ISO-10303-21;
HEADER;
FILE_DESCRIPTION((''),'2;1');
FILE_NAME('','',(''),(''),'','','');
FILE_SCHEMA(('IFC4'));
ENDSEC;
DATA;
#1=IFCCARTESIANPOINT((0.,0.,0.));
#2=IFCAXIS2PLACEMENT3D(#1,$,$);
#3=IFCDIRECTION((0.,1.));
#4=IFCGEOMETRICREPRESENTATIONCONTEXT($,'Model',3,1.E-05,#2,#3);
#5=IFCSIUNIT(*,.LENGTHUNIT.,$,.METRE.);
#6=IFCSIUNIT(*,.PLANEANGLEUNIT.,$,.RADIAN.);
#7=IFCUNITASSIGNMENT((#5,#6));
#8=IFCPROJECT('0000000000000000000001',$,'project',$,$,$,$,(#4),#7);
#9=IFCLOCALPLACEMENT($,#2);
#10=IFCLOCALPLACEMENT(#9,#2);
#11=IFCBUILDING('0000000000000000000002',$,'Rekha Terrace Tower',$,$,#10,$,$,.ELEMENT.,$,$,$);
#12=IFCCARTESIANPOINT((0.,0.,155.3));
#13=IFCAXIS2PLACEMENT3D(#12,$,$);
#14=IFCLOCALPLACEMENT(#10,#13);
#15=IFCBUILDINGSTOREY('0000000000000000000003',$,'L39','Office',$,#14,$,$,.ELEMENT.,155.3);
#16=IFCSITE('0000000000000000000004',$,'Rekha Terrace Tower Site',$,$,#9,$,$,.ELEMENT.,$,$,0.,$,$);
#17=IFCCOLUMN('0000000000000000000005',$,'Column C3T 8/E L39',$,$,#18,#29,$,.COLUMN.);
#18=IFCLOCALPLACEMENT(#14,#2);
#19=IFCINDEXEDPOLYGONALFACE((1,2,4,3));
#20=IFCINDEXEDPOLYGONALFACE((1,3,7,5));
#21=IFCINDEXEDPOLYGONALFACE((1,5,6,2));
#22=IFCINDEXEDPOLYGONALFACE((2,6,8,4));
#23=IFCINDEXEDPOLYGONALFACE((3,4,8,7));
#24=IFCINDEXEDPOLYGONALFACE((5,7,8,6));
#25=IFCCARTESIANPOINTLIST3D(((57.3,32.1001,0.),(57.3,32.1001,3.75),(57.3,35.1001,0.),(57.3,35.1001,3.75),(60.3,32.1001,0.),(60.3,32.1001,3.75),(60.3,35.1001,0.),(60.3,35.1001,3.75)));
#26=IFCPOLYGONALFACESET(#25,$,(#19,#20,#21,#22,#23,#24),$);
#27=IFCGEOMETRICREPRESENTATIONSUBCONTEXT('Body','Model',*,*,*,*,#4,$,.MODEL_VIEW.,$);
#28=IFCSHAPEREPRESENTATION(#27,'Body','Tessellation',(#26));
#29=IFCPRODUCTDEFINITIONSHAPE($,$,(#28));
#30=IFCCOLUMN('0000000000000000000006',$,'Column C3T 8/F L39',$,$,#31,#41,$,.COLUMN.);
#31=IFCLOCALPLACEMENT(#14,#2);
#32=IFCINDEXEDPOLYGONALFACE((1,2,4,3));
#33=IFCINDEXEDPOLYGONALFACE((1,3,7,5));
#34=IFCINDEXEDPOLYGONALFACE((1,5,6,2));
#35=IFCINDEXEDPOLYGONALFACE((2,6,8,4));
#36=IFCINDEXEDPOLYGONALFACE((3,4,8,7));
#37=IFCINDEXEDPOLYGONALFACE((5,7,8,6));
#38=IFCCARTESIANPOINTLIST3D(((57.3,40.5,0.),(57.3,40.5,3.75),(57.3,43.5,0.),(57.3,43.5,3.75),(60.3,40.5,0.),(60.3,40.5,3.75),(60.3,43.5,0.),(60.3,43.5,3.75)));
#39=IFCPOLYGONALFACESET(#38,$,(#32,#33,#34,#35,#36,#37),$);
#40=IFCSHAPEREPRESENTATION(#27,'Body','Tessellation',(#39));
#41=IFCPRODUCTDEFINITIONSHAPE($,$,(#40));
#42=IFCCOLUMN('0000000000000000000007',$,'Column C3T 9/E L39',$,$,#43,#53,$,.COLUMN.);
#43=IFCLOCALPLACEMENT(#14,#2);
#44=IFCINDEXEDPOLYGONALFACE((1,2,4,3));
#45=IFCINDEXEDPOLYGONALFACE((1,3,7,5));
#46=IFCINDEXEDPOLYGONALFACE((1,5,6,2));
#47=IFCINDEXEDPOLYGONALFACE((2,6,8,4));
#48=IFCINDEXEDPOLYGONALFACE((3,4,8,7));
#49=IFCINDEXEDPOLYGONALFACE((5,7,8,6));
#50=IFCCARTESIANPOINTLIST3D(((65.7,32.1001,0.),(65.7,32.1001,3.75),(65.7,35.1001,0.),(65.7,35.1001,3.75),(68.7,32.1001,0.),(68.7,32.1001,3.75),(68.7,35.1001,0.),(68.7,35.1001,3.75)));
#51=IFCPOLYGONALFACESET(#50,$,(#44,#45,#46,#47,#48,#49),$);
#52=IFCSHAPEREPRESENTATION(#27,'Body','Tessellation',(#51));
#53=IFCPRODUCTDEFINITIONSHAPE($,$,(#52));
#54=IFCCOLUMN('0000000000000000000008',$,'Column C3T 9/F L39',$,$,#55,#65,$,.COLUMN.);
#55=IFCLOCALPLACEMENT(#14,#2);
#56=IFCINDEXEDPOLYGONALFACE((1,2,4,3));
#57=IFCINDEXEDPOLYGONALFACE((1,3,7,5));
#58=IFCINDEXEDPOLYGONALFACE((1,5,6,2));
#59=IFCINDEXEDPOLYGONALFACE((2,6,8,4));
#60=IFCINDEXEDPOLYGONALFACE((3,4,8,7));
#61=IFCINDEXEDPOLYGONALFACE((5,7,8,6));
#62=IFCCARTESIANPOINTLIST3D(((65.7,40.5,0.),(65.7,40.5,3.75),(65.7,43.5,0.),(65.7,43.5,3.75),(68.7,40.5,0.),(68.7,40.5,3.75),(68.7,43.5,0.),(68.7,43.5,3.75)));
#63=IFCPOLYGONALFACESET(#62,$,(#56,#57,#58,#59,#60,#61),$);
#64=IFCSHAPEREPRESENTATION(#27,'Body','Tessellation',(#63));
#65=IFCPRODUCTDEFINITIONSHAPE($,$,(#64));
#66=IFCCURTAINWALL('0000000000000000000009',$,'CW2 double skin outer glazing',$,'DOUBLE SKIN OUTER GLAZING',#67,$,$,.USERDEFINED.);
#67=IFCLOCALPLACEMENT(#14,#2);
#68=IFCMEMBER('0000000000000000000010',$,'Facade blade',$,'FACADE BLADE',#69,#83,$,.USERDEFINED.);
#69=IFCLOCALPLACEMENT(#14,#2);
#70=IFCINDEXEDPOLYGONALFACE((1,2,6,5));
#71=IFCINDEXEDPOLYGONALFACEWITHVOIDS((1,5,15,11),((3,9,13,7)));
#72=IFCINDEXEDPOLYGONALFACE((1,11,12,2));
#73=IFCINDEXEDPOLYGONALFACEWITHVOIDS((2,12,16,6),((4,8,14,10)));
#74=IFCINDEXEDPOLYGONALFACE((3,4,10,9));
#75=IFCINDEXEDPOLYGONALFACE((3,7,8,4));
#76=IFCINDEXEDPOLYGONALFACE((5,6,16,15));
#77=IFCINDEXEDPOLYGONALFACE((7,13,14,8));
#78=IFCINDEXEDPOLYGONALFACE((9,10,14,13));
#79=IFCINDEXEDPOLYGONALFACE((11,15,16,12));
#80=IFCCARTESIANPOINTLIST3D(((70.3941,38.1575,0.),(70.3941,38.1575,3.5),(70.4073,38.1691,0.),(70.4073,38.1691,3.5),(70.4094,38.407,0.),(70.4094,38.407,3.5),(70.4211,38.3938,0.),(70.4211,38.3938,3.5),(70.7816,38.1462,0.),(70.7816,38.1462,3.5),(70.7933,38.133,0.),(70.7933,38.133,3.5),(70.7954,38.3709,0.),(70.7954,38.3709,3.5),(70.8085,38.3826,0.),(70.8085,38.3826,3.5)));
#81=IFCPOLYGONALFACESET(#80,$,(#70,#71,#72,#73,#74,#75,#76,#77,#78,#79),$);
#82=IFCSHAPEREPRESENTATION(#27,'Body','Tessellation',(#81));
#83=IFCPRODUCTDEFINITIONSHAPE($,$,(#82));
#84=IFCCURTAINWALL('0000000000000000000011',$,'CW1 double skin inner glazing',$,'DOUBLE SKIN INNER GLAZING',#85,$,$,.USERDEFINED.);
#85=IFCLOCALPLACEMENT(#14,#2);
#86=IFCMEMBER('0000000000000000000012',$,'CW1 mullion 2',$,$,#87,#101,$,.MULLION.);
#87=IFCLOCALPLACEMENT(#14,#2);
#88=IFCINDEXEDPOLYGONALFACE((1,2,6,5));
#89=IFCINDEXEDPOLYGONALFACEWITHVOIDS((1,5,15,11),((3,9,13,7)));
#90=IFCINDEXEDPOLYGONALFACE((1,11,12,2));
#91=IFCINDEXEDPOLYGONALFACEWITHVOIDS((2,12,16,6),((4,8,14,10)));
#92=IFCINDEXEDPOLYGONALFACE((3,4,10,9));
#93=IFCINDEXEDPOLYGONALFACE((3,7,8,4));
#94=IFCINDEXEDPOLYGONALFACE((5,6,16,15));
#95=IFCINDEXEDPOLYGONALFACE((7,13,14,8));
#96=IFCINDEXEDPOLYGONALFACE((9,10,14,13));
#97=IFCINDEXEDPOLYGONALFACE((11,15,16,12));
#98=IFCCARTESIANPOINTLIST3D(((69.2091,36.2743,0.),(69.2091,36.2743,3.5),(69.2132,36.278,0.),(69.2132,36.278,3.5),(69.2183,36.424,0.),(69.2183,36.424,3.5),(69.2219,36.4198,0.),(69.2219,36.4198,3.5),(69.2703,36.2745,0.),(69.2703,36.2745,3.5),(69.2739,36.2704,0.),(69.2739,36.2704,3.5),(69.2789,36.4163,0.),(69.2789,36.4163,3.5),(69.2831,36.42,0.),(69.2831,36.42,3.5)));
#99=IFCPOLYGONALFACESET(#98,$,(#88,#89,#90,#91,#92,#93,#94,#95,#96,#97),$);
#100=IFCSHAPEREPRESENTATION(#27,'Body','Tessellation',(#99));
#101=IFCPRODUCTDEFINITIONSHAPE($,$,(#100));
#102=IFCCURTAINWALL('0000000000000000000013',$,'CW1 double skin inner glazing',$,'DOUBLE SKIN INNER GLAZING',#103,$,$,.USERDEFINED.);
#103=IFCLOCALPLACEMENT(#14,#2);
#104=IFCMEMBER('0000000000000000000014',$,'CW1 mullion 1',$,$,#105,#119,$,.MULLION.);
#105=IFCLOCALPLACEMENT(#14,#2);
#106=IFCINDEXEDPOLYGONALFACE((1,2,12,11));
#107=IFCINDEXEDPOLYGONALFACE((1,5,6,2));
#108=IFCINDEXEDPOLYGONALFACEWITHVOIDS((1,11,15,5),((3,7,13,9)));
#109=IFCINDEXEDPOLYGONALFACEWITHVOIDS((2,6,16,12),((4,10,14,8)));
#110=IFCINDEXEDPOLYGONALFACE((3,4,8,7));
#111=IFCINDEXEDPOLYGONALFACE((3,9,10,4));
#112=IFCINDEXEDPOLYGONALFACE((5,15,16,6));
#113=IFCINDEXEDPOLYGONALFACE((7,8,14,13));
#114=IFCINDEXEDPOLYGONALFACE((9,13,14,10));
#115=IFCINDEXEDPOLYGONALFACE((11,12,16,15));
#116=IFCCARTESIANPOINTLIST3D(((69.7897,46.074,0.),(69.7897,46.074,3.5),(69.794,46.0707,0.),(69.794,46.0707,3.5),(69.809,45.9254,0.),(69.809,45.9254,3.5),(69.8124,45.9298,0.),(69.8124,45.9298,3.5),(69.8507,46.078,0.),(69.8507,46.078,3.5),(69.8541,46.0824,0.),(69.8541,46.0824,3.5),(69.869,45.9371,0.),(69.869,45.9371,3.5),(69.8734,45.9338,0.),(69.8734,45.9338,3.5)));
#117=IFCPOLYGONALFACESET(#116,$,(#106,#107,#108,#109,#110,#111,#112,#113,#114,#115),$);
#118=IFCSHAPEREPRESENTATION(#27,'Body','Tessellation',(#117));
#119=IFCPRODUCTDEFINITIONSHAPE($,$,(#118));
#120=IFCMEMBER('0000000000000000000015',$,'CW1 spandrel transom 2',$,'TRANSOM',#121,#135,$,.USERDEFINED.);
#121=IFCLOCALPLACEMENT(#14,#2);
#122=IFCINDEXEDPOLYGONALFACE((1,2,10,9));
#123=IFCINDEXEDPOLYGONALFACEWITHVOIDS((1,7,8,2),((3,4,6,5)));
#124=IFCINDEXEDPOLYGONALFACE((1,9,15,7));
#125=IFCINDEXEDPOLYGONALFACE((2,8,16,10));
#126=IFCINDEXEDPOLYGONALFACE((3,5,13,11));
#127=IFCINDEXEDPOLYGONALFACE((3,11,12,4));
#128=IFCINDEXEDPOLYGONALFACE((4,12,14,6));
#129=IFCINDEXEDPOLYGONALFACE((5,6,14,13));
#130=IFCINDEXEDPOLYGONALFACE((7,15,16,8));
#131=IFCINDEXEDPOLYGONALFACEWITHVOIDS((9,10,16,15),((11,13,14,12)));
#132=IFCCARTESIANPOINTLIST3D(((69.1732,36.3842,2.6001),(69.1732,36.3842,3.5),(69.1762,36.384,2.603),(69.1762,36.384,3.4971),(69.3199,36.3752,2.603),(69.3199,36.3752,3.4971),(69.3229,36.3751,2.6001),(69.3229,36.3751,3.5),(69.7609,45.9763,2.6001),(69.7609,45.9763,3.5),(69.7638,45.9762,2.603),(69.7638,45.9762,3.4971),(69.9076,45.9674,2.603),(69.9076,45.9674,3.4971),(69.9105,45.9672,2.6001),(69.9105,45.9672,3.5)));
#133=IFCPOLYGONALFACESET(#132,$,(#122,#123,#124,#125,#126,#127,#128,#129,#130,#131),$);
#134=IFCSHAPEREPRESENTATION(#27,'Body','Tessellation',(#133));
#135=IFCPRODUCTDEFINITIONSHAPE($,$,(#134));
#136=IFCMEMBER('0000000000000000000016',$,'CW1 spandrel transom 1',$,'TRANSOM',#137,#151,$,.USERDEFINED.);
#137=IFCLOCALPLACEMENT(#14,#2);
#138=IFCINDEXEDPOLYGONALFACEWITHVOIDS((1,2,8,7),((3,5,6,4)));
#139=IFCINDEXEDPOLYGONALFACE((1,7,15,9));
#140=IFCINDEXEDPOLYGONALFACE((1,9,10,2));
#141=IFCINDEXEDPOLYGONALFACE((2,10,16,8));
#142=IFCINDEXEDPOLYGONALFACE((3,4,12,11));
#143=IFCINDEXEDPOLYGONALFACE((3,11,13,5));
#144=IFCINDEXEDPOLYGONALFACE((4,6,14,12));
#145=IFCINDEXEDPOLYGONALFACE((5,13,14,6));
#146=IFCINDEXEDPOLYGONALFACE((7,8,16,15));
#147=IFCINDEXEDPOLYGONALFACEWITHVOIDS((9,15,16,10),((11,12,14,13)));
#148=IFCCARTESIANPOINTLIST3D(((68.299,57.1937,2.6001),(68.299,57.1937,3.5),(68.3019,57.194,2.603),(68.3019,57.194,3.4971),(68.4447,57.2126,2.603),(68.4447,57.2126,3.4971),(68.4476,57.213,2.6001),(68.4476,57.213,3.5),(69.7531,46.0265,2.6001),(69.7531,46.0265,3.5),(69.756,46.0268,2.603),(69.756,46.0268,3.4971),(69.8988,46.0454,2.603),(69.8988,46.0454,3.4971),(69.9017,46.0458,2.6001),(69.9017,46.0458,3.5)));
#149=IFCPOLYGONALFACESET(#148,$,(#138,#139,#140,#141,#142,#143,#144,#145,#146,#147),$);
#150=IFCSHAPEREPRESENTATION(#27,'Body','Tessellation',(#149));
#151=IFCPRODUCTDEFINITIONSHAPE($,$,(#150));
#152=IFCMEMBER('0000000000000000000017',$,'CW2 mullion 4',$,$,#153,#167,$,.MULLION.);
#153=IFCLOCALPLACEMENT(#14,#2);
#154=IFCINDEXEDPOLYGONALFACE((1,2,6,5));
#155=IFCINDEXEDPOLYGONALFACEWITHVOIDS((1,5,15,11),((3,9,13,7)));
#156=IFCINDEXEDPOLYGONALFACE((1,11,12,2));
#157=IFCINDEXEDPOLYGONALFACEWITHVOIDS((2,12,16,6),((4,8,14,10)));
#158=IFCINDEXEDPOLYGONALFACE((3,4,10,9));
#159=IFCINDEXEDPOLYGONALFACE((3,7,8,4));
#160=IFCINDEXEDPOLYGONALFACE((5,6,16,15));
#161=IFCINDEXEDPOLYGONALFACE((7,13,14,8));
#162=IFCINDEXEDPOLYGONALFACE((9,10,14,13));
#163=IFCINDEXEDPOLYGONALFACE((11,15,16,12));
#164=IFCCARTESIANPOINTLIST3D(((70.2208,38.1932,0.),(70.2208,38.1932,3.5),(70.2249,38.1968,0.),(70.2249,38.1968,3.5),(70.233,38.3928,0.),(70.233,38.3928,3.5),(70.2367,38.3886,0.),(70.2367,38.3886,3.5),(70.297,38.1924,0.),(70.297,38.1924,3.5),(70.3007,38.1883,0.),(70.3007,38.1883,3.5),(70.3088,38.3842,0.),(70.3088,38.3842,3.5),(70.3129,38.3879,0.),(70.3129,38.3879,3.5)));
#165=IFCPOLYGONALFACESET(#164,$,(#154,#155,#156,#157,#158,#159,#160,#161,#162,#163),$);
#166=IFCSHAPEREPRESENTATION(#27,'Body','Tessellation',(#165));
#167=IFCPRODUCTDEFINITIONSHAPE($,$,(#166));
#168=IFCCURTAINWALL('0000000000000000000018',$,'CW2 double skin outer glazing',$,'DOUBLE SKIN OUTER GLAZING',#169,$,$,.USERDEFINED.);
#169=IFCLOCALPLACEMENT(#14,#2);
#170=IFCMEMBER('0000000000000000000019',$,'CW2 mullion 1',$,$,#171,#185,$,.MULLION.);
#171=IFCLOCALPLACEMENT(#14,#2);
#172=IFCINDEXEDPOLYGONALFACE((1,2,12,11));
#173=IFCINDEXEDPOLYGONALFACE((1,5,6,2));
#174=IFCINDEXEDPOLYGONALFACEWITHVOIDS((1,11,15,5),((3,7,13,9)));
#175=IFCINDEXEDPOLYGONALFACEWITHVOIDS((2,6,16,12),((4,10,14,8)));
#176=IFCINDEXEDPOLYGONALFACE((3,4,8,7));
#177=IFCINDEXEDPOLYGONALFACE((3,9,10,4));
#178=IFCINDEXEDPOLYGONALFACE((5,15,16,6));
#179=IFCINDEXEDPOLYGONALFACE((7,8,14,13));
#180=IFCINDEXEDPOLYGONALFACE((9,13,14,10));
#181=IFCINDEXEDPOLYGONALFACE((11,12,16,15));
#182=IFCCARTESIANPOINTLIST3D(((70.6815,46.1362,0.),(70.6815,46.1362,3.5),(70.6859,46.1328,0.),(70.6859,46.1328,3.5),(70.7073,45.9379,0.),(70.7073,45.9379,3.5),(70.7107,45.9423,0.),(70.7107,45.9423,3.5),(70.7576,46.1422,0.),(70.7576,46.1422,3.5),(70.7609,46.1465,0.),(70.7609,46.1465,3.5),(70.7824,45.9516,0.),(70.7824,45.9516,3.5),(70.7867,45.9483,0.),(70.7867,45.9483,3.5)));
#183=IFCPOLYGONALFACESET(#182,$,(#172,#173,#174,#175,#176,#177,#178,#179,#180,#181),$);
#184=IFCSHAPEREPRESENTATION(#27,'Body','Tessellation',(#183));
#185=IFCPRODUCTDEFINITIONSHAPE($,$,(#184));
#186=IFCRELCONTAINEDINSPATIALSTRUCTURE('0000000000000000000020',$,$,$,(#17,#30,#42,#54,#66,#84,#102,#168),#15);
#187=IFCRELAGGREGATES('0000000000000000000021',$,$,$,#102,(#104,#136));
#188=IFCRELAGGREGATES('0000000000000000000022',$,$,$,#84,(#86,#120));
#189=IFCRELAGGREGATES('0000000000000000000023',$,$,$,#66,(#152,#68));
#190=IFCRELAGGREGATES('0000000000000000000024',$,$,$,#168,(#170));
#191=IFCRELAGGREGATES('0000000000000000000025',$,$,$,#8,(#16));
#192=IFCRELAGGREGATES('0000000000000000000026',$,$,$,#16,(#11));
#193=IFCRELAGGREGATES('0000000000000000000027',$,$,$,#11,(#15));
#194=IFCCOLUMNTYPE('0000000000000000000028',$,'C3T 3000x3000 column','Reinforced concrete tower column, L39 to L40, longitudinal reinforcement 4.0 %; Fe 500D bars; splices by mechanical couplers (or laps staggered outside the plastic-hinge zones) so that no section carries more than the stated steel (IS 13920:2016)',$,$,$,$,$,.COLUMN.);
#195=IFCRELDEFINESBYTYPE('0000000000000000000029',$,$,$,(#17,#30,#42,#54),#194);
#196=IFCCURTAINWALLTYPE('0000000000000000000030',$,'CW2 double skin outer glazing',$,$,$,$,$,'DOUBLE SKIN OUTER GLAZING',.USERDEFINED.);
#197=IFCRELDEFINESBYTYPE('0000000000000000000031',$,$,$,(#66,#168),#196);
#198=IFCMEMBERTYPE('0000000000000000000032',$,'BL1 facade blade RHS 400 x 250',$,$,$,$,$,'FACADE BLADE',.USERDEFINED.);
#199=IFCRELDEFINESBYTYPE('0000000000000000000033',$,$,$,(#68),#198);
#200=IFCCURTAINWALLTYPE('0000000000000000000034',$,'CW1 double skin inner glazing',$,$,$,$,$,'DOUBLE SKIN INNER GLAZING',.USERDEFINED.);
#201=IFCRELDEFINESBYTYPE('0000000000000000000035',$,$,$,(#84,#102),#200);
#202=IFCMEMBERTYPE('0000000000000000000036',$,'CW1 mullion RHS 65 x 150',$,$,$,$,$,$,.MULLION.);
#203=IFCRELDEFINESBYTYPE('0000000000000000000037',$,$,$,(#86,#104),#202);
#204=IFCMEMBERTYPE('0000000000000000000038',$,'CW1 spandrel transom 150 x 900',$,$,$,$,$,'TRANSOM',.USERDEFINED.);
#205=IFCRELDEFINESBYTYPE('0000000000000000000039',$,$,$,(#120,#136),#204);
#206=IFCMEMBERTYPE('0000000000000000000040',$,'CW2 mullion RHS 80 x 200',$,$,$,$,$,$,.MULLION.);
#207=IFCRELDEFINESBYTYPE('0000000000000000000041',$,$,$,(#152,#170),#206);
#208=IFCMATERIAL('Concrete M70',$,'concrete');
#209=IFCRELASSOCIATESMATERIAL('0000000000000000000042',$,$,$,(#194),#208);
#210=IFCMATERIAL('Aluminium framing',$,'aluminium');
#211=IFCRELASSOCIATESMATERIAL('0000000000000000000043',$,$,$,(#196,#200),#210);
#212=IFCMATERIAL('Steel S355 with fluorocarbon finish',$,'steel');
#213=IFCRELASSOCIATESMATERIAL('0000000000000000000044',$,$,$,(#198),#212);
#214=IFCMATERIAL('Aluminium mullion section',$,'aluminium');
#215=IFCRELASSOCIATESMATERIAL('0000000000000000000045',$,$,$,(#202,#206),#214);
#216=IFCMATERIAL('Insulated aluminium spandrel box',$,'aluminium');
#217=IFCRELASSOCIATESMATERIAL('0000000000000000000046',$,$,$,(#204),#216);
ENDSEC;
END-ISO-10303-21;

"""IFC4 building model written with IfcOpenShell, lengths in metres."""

from ifc_helpers import new_model, si_unit, direction, frame, origin, origin_2d, place, context, subcontext, project, spatial, rectangle, hollow_rectangle, extrude, material, material_profile, profile_set, type_object, element, aggregate, save


model = new_model("IFC4")

# Units and contexts
model_context = context("Model", 3, precision=1e-05, world=origin(), true_north=direction((0.0, 1.0)))
body_context = subcontext(model_context, "Body", "Model", "MODEL_VIEW")
ifc_project = project(units=[si_unit("LENGTHUNIT", "METRE"), si_unit("PLANEANGLEUNIT", "RADIAN")], contexts=[model_context])

# Site, building, storey
site_placement = place(None, origin())
site = spatial("IfcSite", under=ifc_project, at=site_placement, Name="Rekha Terrace Tower Site", CompositionType="ELEMENT", RefElevation=0.0)
building_placement = place(site_placement, origin())
building = spatial("IfcBuilding", under=site, at=building_placement, Name="Rekha Terrace Tower", CompositionType="ELEMENT")
storey_placement = place(building_placement, frame((0.0, 0.0, 155.3)))
storey = spatial("IfcBuildingStorey", under=building, at=storey_placement, Name="L39", Description="Office", CompositionType="ELEMENT", Elevation=155.3)

# Columns
ifc_material_1 = material(Name="Concrete M70", Category="concrete")
ifc_material_profile_1 = material_profile(ifc_material_1, rectangle(XDim=3.0, YDim=3.0, at=origin_2d()), Name="RC 3000x3000")
ifc_profile_set_1 = profile_set([ifc_material_profile_1], Name="Concrete M70")
column_type = type_object("IfcColumnType", Name="C3T 3000x3000 column", Description="Reinforced concrete tower column, L39 to L40, longitudinal reinforcement 4.0 %; Fe 500D bars; splices by mechanical couplers (or laps staggered outside the plastic-hinge zones) so that no section carries more than the stated steel (IS 13920:2016)", PredefinedType="COLUMN", material=ifc_profile_set_1)
for number, where, z_axis, x_axis, name in (
    (1, (58.8, 33.6001, 0.0), (0.0, 0.0, 1.0), (1.0, 0.0, 0.0), "Column C3T 8/E L39"),
    (2, (58.8, 42.0, 0.0), (0.0, 0.0, 1.0), (1.0, 0.0, 0.0), "Column C3T 8/F L39"),
    (3, (67.2, 33.6001, 0.0), (0.0, 0.0, 1.0), (1.0, 0.0, 0.0), "Column C3T 9/E L39"),
    (4, (67.2, 42.0, 0.0), (0.0, 0.0, 1.0), (1.0, 0.0, 0.0), "Column C3T 9/F L39"),
):
    element("IfcColumn", number, at=place(storey_placement, frame(where, z_axis=z_axis, x_axis=x_axis)), inside=storey, type_object=column_type, Name=name, PredefinedType="COLUMN", context=body_context, shape_type="SweptSolid", body=[
        extrude(rectangle(XDim=3.0, YDim=3.0, at=origin_2d()), origin(), (0.0, 0.0, 1.0), 3.75),
    ])

# Curtain walls, members
ifc_material_2 = material(Name="Aluminium framing", Category="aluminium")
curtain_wall_type_1 = type_object("IfcCurtainWallType", Name="CW2 double skin outer glazing", ElementType="DOUBLE SKIN OUTER GLAZING", PredefinedType="USERDEFINED", material=ifc_material_2)
curtain_wall_1_placement = place(storey_placement, origin())
curtain_wall_1 = element("IfcCurtainWall", 5, at=curtain_wall_1_placement, inside=storey, type_object=curtain_wall_type_1, Name="CW2 double skin outer glazing", ObjectType="DOUBLE SKIN OUTER GLAZING", PredefinedType="USERDEFINED")
ifc_material_3 = material(Name="Steel S355 with fluorocarbon finish", Category="steel")
ifc_material_profile_2 = material_profile(ifc_material_3, hollow_rectangle(XDim=0.25, YDim=0.3999, WallThickness=0.0125, at=origin_2d()), Name="RHS400x250x12.5")
ifc_profile_set_2 = profile_set([ifc_material_profile_2], Name="Steel S355 with fluorocarbon finish")
member_type_1 = type_object("IfcMemberType", Name="BL1 facade blade RHS 400 x 250", ElementType="FACADE BLADE", PredefinedType="USERDEFINED", material=ifc_profile_set_2)
member_1_placement = place(storey_placement, frame((70.6013, 38.27, 0.0), z_axis=(0.0, 0.0, 1.0), x_axis=(0.06116, 0.998128, 0.0)))
member_1 = element("IfcMember", 6, at=member_1_placement, type_object=member_type_1, Name="Facade blade", ObjectType="FACADE BLADE", PredefinedType="USERDEFINED", context=body_context, shape_type="SweptSolid", body=[
    extrude(hollow_rectangle(XDim=0.25, YDim=0.3999, WallThickness=0.0125, at=origin_2d()), origin(), (0.0, 0.0, 1.0), 3.5),
])
curtain_wall_type_2 = type_object("IfcCurtainWallType", Name="CW1 double skin inner glazing", ElementType="DOUBLE SKIN INNER GLAZING", PredefinedType="USERDEFINED", material=ifc_material_2)
curtain_wall_2_placement = place(storey_placement, origin())
curtain_wall_2 = element("IfcCurtainWall", 7, at=curtain_wall_2_placement, inside=storey, type_object=curtain_wall_type_2, Name="CW1 double skin inner glazing", ObjectType="DOUBLE SKIN INNER GLAZING", PredefinedType="USERDEFINED")
ifc_material_4 = material(Name="Aluminium mullion section", Category="aluminium")
ifc_material_profile_3 = material_profile(ifc_material_4, hollow_rectangle(XDim=0.0649, YDim=0.1499, WallThickness=0.0039, at=origin_2d()), Name="AL RHS 65x150")
ifc_profile_set_3 = profile_set([ifc_material_profile_3], Name="Aluminium mullion section")
member_type_2 = type_object("IfcMemberType", Name="CW1 mullion RHS 65 x 150", PredefinedType="MULLION", material=ifc_profile_set_3)
member_2_placement = place(storey_placement, frame((69.2461, 36.3472, 0.0), z_axis=(0.0, 0.0, 1.0), x_axis=(-0.998128, 0.06116, 0.0)))
member_2 = element("IfcMember", 8, at=member_2_placement, type_object=member_type_2, Name="CW1 mullion 2", PredefinedType="MULLION", context=body_context, shape_type="SweptSolid", body=[
    extrude(hollow_rectangle(XDim=0.0649, YDim=0.1499, WallThickness=0.0039, at=origin_2d()), origin(), (0.0, 0.0, 1.0), 3.5),
])
curtain_wall_3_placement = place(storey_placement, origin())
curtain_wall_3 = element("IfcCurtainWall", 9, at=curtain_wall_3_placement, inside=storey, type_object=curtain_wall_type_2, Name="CW1 double skin inner glazing", ObjectType="DOUBLE SKIN INNER GLAZING", PredefinedType="USERDEFINED")
member_3_placement = place(storey_placement, frame((69.8315, 46.0039, 0.0), z_axis=(0.0, 0.0, 1.0), x_axis=(-0.991629, -0.129118, 0.0)))
member_3 = element("IfcMember", 10, at=member_3_placement, type_object=member_type_2, Name="CW1 mullion 1", PredefinedType="MULLION", context=body_context, shape_type="SweptSolid", body=[
    extrude(hollow_rectangle(XDim=0.0649, YDim=0.1499, WallThickness=0.0039, at=origin_2d()), origin(), (0.0, 0.0, 1.0), 3.5),
])

# Members
ifc_material_5 = material(Name="Insulated aluminium spandrel box", Category="aluminium")
ifc_material_profile_4 = material_profile(ifc_material_5, hollow_rectangle(XDim=0.1499, YDim=0.8999, WallThickness=0.0029, at=origin_2d()), Name="AL SPANDREL BOX 150x900")
ifc_profile_set_4 = profile_set([ifc_material_profile_4], Name="Insulated aluminium spandrel box")
member_type_3 = type_object("IfcMemberType", Name="CW1 spandrel transom 150 x 900", ElementType="TRANSOM", PredefinedType="USERDEFINED", material=ifc_profile_set_4)
member_4_placement = place(storey_placement, frame((69.248, 36.3796, 3.05), z_axis=(0.061149, 0.998129, 0.0), x_axis=(-0.998129, 0.061149, 0.0)))
member_4 = element("IfcMember", 11, at=member_4_placement, type_object=member_type_3, Name="CW1 spandrel transom 2", ObjectType="TRANSOM", PredefinedType="USERDEFINED", context=body_context, shape_type="SweptSolid", body=[
    extrude(hollow_rectangle(XDim=0.1499, YDim=0.8999, WallThickness=0.0029, at=origin_2d()), origin(), (0.0, 0.0, 1.0), 9.6101),
])
member_5_placement = place(storey_placement, frame((69.8274, 46.0361, 3.05), z_axis=(-0.129121, 0.991629, 0.0), x_axis=(-0.991629, -0.129121, 0.0)))
member_5 = element("IfcMember", 12, at=member_5_placement, type_object=member_type_3, Name="CW1 spandrel transom 1", ObjectType="TRANSOM", PredefinedType="USERDEFINED", context=body_context, shape_type="SweptSolid", body=[
    extrude(hollow_rectangle(XDim=0.1499, YDim=0.8999, WallThickness=0.0029, at=origin_2d()), origin(), (0.0, 0.0, 1.0), 11.2615),
])
aggregate(curtain_wall_3, [member_3, member_5])
ifc_material_profile_5 = material_profile(ifc_material_4, hollow_rectangle(XDim=0.0801, YDim=0.2, WallThickness=0.0039, at=origin_2d()), Name="AL RHS 80x200")
ifc_profile_set_5 = profile_set([ifc_material_profile_5], Name="Aluminium mullion section")
member_type_4 = type_object("IfcMemberType", Name="CW2 mullion RHS 80 x 200", PredefinedType="MULLION", material=ifc_profile_set_5)
member_6_placement = place(storey_placement, frame((70.2668, 38.2905, 0.0), z_axis=(0.0, 0.0, 1.0), x_axis=(-0.998128, 0.06116, 0.0)))
member_6 = element("IfcMember", 13, at=member_6_placement, type_object=member_type_4, Name="CW2 mullion 4", PredefinedType="MULLION", context=body_context, shape_type="SweptSolid", body=[
    extrude(hollow_rectangle(XDim=0.0801, YDim=0.2, WallThickness=0.0039, at=origin_2d()), origin(), (0.0, 0.0, 1.0), 3.5),
])

# Curtain wall, member
curtain_wall_4_placement = place(storey_placement, origin())
curtain_wall_4 = element("IfcCurtainWall", 14, at=curtain_wall_4_placement, inside=storey, type_object=curtain_wall_type_1, Name="CW2 double skin outer glazing", ObjectType="DOUBLE SKIN OUTER GLAZING", PredefinedType="USERDEFINED")
member_7_placement = place(storey_placement, frame((70.7341, 46.0422, 0.0), z_axis=(0.0, 0.0, 1.0), x_axis=(-0.991629, -0.129118, 0.0)))
member_7 = element("IfcMember", 15, at=member_7_placement, type_object=member_type_4, Name="CW2 mullion 1", PredefinedType="MULLION", context=body_context, shape_type="SweptSolid", body=[
    extrude(hollow_rectangle(XDim=0.0801, YDim=0.2, WallThickness=0.0039, at=origin_2d()), origin(), (0.0, 0.0, 1.0), 3.5),
])

aggregate(curtain_wall_2, [member_2, member_4])
aggregate(curtain_wall_1, [member_6, member_1])
aggregate(curtain_wall_4, [member_7])

save(model, "model.ifc")
